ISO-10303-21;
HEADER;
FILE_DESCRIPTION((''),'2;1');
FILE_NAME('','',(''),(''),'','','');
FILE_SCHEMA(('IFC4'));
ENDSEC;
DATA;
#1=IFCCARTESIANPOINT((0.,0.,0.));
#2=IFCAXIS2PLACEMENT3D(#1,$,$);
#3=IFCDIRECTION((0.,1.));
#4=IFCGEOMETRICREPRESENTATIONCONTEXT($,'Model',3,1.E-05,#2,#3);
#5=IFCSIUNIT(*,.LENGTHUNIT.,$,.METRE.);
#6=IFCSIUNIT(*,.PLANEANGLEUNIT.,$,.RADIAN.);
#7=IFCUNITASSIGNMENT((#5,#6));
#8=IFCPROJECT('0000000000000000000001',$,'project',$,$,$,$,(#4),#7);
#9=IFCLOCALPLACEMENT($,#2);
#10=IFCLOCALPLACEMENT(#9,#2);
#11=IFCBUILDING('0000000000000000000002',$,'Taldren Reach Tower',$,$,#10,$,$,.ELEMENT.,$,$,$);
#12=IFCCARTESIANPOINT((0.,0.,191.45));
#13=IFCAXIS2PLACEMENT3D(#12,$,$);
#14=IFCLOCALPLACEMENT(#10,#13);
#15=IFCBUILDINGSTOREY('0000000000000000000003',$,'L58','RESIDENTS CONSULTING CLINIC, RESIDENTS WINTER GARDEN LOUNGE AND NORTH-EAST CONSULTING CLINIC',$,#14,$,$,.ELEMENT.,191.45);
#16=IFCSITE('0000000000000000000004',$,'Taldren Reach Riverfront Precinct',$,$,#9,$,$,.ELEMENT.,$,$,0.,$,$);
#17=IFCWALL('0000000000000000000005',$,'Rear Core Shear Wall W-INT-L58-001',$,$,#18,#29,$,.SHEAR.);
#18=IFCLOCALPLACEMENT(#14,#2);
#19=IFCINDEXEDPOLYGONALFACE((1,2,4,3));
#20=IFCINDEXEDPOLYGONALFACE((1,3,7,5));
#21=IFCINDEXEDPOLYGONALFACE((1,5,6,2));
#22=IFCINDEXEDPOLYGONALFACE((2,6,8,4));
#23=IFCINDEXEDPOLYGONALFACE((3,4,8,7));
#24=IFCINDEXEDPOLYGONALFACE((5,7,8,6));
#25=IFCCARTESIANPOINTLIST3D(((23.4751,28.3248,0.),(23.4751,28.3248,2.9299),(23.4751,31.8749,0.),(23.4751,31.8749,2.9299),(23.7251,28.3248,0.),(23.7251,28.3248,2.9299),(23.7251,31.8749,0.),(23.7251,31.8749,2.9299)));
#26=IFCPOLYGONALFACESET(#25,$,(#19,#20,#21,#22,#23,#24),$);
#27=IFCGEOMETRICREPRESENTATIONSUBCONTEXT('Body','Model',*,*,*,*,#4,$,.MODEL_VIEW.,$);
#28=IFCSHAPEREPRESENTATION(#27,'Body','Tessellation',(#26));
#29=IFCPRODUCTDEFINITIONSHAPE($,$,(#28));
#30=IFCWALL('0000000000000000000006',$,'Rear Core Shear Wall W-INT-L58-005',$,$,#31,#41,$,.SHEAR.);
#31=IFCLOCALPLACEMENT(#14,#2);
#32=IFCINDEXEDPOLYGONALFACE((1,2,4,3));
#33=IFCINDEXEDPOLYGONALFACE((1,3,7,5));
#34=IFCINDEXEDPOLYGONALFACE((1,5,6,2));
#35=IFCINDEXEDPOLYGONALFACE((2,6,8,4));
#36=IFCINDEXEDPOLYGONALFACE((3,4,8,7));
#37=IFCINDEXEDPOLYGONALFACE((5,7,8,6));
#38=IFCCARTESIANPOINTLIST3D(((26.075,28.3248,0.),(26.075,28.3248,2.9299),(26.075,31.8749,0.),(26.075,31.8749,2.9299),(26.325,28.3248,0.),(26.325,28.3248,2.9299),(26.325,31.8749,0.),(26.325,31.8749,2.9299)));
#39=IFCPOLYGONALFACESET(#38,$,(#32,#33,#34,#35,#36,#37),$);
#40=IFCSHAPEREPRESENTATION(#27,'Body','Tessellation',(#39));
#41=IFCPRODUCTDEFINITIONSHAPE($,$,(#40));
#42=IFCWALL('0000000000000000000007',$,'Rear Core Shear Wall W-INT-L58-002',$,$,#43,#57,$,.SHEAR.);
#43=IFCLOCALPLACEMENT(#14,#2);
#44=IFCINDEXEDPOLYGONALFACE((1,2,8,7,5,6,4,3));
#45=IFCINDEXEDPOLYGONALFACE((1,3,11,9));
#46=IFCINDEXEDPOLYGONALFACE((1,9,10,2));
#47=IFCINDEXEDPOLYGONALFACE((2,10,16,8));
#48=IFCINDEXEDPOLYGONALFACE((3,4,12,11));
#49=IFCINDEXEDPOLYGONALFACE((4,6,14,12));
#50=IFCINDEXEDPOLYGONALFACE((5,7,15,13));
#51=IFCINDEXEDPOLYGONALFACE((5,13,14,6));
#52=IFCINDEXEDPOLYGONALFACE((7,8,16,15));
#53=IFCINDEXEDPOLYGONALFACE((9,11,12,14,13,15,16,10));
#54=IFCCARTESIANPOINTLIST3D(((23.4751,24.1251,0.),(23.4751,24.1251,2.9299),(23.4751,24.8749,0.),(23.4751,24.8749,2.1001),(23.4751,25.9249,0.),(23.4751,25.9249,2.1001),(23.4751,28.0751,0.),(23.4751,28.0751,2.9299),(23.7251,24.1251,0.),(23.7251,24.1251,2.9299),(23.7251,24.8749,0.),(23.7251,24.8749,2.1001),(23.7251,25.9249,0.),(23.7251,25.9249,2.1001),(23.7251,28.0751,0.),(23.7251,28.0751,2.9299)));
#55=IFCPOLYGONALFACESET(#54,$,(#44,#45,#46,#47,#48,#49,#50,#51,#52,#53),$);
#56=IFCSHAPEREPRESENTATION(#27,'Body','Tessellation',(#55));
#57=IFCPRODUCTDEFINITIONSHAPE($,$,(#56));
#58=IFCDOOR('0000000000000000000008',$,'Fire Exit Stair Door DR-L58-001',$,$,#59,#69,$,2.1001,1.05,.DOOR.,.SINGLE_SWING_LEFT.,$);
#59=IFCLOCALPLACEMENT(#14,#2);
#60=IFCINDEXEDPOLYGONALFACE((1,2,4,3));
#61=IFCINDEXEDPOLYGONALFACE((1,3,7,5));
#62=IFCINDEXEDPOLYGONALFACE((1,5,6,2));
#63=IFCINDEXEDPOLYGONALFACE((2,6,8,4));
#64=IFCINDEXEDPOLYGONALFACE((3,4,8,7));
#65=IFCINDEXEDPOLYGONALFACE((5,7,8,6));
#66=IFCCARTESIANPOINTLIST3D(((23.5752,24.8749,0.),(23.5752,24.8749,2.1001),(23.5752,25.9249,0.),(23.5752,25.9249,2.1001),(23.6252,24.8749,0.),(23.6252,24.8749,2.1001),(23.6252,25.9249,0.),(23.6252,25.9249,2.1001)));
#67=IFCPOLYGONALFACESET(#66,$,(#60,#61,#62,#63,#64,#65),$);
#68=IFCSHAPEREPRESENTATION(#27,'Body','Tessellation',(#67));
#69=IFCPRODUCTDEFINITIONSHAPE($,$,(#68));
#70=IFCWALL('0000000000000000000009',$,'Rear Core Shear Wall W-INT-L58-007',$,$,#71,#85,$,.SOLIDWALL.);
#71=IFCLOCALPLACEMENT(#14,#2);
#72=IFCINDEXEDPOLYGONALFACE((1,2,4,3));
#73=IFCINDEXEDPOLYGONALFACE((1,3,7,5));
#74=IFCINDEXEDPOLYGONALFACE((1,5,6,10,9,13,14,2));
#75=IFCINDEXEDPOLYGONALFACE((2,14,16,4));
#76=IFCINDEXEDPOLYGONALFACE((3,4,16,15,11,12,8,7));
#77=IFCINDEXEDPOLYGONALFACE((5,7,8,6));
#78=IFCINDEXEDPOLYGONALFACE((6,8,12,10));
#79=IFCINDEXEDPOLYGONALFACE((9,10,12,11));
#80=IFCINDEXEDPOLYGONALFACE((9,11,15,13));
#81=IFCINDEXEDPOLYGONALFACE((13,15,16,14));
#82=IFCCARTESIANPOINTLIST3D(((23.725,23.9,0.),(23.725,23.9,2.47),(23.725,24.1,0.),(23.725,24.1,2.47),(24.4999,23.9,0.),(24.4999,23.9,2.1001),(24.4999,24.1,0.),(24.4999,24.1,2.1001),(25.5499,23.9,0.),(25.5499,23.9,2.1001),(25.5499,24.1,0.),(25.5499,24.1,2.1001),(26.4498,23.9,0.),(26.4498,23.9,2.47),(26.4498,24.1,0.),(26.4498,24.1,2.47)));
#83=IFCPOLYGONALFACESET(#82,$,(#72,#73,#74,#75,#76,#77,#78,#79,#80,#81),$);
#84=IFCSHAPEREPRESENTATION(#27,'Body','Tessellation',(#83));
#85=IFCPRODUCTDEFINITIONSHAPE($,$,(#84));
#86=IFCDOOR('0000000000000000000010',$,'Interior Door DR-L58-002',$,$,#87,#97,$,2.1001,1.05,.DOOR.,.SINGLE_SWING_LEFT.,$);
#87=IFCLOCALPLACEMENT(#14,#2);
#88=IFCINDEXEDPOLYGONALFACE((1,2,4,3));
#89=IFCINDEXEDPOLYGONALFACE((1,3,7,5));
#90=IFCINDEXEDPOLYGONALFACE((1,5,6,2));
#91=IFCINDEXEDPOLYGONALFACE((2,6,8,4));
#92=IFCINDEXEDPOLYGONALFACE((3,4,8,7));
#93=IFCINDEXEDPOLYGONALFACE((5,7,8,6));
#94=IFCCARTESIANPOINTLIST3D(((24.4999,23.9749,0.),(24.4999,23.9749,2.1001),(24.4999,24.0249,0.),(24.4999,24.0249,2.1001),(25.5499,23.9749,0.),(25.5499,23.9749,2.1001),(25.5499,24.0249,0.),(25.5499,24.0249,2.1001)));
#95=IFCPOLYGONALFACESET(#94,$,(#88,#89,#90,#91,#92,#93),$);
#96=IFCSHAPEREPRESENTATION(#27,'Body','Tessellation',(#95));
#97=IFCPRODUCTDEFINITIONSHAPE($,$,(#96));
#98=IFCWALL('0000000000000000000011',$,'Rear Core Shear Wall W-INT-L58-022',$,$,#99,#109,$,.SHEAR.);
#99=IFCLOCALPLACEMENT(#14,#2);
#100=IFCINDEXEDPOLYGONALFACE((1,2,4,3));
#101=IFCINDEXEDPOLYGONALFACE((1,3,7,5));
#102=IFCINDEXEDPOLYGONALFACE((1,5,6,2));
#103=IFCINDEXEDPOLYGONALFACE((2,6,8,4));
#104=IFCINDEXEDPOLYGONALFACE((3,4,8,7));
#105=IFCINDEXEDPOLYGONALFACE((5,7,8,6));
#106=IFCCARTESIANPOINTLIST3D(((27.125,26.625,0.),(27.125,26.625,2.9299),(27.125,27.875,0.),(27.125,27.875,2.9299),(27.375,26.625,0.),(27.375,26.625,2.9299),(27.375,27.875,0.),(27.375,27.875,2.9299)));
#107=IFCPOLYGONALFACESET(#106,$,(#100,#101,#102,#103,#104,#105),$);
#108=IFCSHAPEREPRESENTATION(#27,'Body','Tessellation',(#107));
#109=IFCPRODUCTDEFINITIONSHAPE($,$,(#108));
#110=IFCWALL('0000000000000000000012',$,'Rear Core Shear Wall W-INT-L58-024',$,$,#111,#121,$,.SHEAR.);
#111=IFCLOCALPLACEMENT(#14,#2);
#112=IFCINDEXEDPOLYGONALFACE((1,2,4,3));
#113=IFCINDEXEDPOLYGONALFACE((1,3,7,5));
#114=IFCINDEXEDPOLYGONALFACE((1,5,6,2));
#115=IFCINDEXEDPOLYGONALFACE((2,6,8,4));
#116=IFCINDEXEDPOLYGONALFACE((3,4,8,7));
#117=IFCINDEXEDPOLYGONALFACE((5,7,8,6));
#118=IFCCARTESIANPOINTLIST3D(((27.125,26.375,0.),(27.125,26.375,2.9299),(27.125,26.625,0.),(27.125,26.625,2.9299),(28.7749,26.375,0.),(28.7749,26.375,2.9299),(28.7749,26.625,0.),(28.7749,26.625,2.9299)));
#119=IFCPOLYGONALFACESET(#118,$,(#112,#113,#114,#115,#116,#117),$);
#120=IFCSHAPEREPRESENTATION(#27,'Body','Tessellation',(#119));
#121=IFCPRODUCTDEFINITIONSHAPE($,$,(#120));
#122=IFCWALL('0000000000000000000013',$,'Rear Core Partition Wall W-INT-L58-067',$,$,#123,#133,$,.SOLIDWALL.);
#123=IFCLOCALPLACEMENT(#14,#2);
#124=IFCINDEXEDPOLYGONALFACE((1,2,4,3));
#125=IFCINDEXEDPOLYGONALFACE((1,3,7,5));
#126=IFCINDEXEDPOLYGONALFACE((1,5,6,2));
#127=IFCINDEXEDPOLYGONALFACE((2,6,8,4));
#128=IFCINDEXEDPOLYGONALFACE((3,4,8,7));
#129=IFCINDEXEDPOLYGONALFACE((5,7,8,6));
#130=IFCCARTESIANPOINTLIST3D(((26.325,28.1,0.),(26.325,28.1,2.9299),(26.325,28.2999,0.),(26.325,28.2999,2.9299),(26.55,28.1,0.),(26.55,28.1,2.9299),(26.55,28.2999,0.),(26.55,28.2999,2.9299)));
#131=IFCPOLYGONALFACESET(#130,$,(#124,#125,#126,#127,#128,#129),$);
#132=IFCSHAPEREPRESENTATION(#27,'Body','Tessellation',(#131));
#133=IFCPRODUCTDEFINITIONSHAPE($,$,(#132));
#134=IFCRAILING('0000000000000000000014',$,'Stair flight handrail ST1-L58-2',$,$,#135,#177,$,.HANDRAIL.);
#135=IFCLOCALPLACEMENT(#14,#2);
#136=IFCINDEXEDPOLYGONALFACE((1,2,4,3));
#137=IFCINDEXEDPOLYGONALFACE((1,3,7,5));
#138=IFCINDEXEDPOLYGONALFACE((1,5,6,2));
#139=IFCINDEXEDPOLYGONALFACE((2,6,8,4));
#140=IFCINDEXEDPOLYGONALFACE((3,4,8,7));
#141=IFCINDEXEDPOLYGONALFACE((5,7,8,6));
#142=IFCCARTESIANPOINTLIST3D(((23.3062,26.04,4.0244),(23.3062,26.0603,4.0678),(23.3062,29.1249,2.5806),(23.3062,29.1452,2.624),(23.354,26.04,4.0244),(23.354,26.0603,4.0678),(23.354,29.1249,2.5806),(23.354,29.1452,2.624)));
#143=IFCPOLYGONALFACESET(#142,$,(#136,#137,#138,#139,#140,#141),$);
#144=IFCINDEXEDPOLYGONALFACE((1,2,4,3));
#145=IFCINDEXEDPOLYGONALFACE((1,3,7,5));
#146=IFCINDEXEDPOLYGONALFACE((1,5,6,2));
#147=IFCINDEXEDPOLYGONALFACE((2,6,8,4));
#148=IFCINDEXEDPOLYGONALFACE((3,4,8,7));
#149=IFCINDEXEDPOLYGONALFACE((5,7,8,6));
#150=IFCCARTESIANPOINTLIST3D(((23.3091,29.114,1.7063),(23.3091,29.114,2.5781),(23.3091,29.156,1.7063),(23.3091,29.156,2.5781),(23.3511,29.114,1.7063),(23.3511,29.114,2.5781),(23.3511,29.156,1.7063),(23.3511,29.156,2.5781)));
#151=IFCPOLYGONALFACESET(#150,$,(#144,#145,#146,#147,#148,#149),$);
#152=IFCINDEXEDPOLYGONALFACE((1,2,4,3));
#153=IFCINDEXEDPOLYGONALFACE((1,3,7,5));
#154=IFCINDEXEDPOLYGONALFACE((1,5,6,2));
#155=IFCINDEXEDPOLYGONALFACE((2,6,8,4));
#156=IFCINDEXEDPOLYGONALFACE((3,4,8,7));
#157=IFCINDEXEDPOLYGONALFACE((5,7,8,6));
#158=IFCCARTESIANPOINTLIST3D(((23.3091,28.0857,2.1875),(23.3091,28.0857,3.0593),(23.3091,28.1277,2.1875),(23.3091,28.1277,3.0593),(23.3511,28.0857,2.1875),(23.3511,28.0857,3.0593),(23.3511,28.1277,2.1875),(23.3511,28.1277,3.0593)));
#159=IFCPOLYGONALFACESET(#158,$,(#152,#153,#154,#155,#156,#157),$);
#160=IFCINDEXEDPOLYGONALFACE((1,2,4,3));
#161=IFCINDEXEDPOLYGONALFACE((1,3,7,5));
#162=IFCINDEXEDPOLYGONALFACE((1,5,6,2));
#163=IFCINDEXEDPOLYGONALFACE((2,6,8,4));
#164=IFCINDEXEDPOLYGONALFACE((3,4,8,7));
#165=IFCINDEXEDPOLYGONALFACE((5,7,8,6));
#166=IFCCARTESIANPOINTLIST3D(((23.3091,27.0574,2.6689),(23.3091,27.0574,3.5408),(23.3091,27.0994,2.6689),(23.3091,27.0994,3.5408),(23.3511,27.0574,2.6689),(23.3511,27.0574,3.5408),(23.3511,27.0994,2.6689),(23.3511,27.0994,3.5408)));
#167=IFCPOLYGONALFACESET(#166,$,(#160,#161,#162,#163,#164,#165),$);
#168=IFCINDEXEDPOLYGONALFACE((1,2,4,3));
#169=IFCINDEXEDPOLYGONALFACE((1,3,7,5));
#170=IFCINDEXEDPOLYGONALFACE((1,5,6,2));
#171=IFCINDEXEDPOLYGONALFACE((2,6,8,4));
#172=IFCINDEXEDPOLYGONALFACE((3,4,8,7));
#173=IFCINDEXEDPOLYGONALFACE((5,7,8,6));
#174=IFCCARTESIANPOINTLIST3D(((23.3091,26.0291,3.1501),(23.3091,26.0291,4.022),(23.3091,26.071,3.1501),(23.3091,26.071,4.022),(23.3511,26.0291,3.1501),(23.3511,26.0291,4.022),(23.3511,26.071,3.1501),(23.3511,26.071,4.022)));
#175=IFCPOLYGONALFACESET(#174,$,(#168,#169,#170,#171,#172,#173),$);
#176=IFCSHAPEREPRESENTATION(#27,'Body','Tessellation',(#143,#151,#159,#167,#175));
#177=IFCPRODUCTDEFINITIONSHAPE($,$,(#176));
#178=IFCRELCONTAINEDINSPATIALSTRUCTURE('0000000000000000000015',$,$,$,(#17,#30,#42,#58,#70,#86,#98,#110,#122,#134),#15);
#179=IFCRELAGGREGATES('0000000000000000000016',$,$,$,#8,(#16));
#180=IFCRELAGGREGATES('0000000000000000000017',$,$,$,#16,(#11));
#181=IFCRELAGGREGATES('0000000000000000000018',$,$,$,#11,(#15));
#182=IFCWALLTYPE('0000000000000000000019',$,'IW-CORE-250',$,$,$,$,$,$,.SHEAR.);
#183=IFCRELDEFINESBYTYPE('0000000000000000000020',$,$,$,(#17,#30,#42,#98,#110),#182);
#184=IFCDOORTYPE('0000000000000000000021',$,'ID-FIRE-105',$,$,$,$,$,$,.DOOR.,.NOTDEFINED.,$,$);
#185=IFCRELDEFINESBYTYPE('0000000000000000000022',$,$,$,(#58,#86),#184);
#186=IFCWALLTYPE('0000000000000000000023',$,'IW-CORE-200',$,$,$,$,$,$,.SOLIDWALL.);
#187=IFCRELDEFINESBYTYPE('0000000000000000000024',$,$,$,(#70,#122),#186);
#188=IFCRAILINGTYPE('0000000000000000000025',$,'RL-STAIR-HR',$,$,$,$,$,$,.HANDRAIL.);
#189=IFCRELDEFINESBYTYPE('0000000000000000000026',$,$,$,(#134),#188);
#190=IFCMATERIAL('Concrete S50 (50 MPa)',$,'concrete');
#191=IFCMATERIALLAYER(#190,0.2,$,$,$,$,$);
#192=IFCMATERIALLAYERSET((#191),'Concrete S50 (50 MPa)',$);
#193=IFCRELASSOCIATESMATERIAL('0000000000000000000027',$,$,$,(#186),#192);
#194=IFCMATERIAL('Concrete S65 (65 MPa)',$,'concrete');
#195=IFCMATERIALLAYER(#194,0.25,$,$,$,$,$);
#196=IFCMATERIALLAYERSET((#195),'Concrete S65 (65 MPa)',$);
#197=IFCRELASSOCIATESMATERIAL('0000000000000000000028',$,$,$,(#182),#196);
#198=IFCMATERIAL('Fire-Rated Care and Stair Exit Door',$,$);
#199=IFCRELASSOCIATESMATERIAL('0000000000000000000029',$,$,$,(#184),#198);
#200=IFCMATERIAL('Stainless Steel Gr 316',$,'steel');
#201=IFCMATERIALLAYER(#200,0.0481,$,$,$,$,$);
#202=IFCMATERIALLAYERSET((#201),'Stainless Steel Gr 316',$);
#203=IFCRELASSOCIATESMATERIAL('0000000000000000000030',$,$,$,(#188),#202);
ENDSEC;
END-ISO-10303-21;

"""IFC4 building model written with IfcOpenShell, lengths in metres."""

from ifc_helpers import new_model, si_unit, direction, frame, frame_2d, origin, origin_2d, place, context, subcontext, project, spatial, rectangle, extrude, source, transform, mapped, material, layer, layer_set, type_object, element, fill, save


model = new_model("IFC4")

# Units and contexts
model_context = context("Model", 3, precision=1e-05, world=origin(), true_north=direction((0.0, 1.0)))
body_context = subcontext(model_context, "Body", "Model", "MODEL_VIEW")
ifc_project = project(units=[si_unit("LENGTHUNIT", "METRE"), si_unit("PLANEANGLEUNIT", "RADIAN")], contexts=[model_context])

# Site, building, storey
site_placement = place(None, origin())
site = spatial("IfcSite", under=ifc_project, at=site_placement, Name="Taldren Reach Riverfront Precinct", CompositionType="ELEMENT", RefElevation=0.0)
building_placement = place(site_placement, origin())
building = spatial("IfcBuilding", under=site, at=building_placement, Name="Taldren Reach Tower", CompositionType="ELEMENT")
storey_placement = place(building_placement, frame((0.0, 0.0, 191.45)))
storey = spatial("IfcBuildingStorey", under=building, at=storey_placement, Name="L58", Description="RESIDENTS CONSULTING CLINIC, RESIDENTS WINTER GARDEN LOUNGE AND NORTH-EAST CONSULTING CLINIC", CompositionType="ELEMENT", Elevation=191.45)

# Walls
ifc_material_1 = material(Name="Concrete S50 (50 MPa)", Category="concrete")
ifc_layer_1 = layer(ifc_material_1, 0.2)
ifc_layer_set_1 = layer_set([ifc_layer_1], Name="Concrete S50 (50 MPa)")
wall_type_1 = type_object("IfcWallType", Name="IW-CORE-200", PredefinedType="SOLIDWALL", material=ifc_layer_set_1)
ifc_material_2 = material(Name="Concrete S65 (65 MPa)", Category="concrete")
ifc_layer_2 = layer(ifc_material_2, 0.25)
ifc_layer_set_2 = layer_set([ifc_layer_2], Name="Concrete S65 (65 MPa)")
wall_type_2 = type_object("IfcWallType", Name="IW-CORE-250", PredefinedType="SHEAR", material=ifc_layer_set_2)
shared_shape_1 = source(origin(), body_context, "Body", "SweptSolid", [
    extrude(rectangle(XDim=3.55, YDim=0.25, at=frame_2d((1.7749, 0.0))), origin(), (0.0, 0.0, 1.0), 2.9299),
])
for number, where, z_axis, x_axis, name in (
    (1, (23.6001, 28.325, 0.0), (0.0, 0.0, 1.0), (0.0, 1.0, 0.0), "Rear Core Shear Wall W-INT-L58-001"),
    (2, (26.2, 28.325, 0.0), (0.0, 0.0, 1.0), (0.0, 1.0, 0.0), "Rear Core Shear Wall W-INT-L58-005"),
):
    element("IfcWall", number, at=place(storey_placement, frame(where, z_axis=z_axis, x_axis=x_axis)), inside=storey, type_object=wall_type_2, Name=name, PredefinedType="SHEAR", context=body_context, shape_type="MappedRepresentation", body=[
        mapped(shared_shape_1, transform((0.0, 0.0, 0.0), scale=1.0)),
    ])

# Walls, openings, doors
shared_shape_2 = source(origin(), body_context, "Body", "SweptSolid", [
    extrude(rectangle(XDim=3.95, YDim=0.25, at=frame_2d((1.9751, 0.0))), origin(), (0.0, 0.0, 1.0), 2.9299),
])
wall_1_placement = place(storey_placement, frame((23.6001, 24.125, 0.0), z_axis=(0.0, 0.0, 1.0), x_axis=(0.0, 1.0, 0.0)))
wall_1 = element("IfcWall", 3, at=wall_1_placement, inside=storey, type_object=wall_type_2, Name="Rear Core Shear Wall W-INT-L58-002", PredefinedType="SHEAR", context=body_context, shape_type="MappedRepresentation", body=[
    mapped(shared_shape_2, transform((0.0, 0.0, 0.0), scale=1.0)),
])
shared_shape_3 = source(origin(), body_context, "Body", "SweptSolid", [
    extrude(rectangle(XDim=1.05, YDim=2.1001, at=frame_2d((0.5249, 1.05))), frame((0.0, 0.135, 0.0), z_axis=(0.0, -1.0, 0.0), x_axis=(1.0, 0.0, 0.0)), (0.0, 0.0, 1.0), 0.27),
])
opening_1_placement = place(wall_1_placement, frame((0.75, 0.0, 0.0)))
opening_1 = element("IfcOpeningElement", 4, at=opening_1_placement, cuts=wall_1, PredefinedType="OPENING", context=body_context, shape_type="MappedRepresentation", body=[
    mapped(shared_shape_3, transform((0.0, 0.0, 0.0), scale=1.0)),
])
ifc_material_3 = material(Name="Fire-Rated Care and Stair Exit Door")
door_type_1 = type_object("IfcDoorType", Name="ID-FIRE-105", OperationType="NOTDEFINED", PredefinedType="DOOR", material=ifc_material_3)
shared_shape_4 = source(origin(), body_context, "Body", "SweptSolid", [
    extrude(rectangle(XDim=1.05, YDim=2.1001, at=frame_2d((0.5249, 1.05))), frame((0.0, 0.0249, 0.0), z_axis=(0.0, -1.0, 0.0), x_axis=(1.0, 0.0, 0.0)), (0.0, 0.0, 1.0), 0.05),
])
door_1_placement = place(opening_1_placement, origin())
door_1 = element("IfcDoor", 5, at=door_1_placement, inside=storey, type_object=door_type_1, Name="Fire Exit Stair Door DR-L58-001", OperationType="SINGLE_SWING_LEFT", OverallHeight=2.1001, OverallWidth=1.05, PredefinedType="DOOR", context=body_context, shape_type="MappedRepresentation", body=[
    mapped(shared_shape_4, transform((0.0, 0.0, 0.0), scale=1.0)),
])
fill(opening_1, door_1)
shared_shape_5 = source(origin(), body_context, "Body", "SweptSolid", [
    extrude(rectangle(XDim=2.7249, YDim=0.2, at=frame_2d((1.3623, 0.0))), origin(), (0.0, 0.0, 1.0), 2.47),
])
wall_2_placement = place(storey_placement, frame((23.7251, 24.0, 0.0), z_axis=(0.0, 0.0, 1.0), x_axis=(1.0, 0.0, 0.0)))
wall_2 = element("IfcWall", 6, at=wall_2_placement, inside=storey, type_object=wall_type_1, Name="Rear Core Shear Wall W-INT-L58-007", PredefinedType="SOLIDWALL", context=body_context, shape_type="MappedRepresentation", body=[
    mapped(shared_shape_5, transform((0.0, 0.0, 0.0), scale=1.0)),
])
shared_shape_6 = source(origin(), body_context, "Body", "SweptSolid", [
    extrude(rectangle(XDim=1.05, YDim=2.1001, at=frame_2d((0.5249, 1.05))), frame((0.0, 0.1099, 0.0), z_axis=(0.0, -1.0, 0.0), x_axis=(1.0, 0.0, 0.0)), (0.0, 0.0, 1.0), 0.22),
])
opening_2_placement = place(wall_2_placement, frame((0.7749, 0.0, 0.0)))
opening_2 = element("IfcOpeningElement", 7, at=opening_2_placement, cuts=wall_2, PredefinedType="OPENING", context=body_context, shape_type="MappedRepresentation", body=[
    mapped(shared_shape_6, transform((0.0, 0.0, 0.0), scale=1.0)),
])
door_2_placement = place(opening_2_placement, origin())
door_2 = element("IfcDoor", 8, at=door_2_placement, inside=storey, type_object=door_type_1, Name="Interior Door DR-L58-002", OperationType="SINGLE_SWING_LEFT", OverallHeight=2.1001, OverallWidth=1.05, PredefinedType="DOOR", context=body_context, shape_type="MappedRepresentation", body=[
    mapped(shared_shape_4, transform((0.0, 0.0, 0.0), scale=1.0)),
])
fill(opening_2, door_2)

# Walls
shared_shape_7 = source(origin(), body_context, "Body", "SweptSolid", [
    extrude(rectangle(XDim=1.25, YDim=0.25, at=frame_2d((0.625, 0.0))), origin(), (0.0, 0.0, 1.0), 2.9299),
])
wall_3_placement = place(storey_placement, frame((27.25, 27.875, 0.0), z_axis=(0.0, 0.0, 1.0), x_axis=(0.0, -1.0, 0.0)))
element("IfcWall", 9, at=wall_3_placement, inside=storey, type_object=wall_type_2, Name="Rear Core Shear Wall W-INT-L58-022", PredefinedType="SHEAR", context=body_context, shape_type="MappedRepresentation", body=[
    mapped(shared_shape_7, transform((0.0, 0.0, 0.0), scale=1.0)),
])
shared_shape_8 = source(origin(), body_context, "Body", "SweptSolid", [
    extrude(rectangle(XDim=1.6499, YDim=0.25, at=frame_2d((0.825, 0.0))), origin(), (0.0, 0.0, 1.0), 2.9299),
])
wall_4_placement = place(storey_placement, frame((27.125, 26.5, 0.0), z_axis=(0.0, 0.0, 1.0), x_axis=(1.0, 0.0, 0.0)))
element("IfcWall", 10, at=wall_4_placement, inside=storey, type_object=wall_type_2, Name="Rear Core Shear Wall W-INT-L58-024", PredefinedType="SHEAR", context=body_context, shape_type="MappedRepresentation", body=[
    mapped(shared_shape_8, transform((0.0, 0.0, 0.0), scale=1.0)),
])
shared_shape_9 = source(origin(), body_context, "Body", "SweptSolid", [
    extrude(rectangle(XDim=0.2251, YDim=0.2, at=frame_2d((0.1125, 0.0))), origin(), (0.0, 0.0, 1.0), 2.9299),
])
wall_5_placement = place(storey_placement, frame((26.325, 28.2, 0.0), z_axis=(0.0, 0.0, 1.0), x_axis=(1.0, 0.0, 0.0)))
element("IfcWall", 11, at=wall_5_placement, inside=storey, type_object=wall_type_1, Name="Rear Core Partition Wall W-INT-L58-067", PredefinedType="SOLIDWALL", context=body_context, shape_type="MappedRepresentation", body=[
    mapped(shared_shape_9, transform((0.0, 0.0, 0.0), scale=1.0)),
])

# Railing
ifc_material_4 = material(Name="Stainless Steel Gr 316", Category="steel")
ifc_layer_3 = layer(ifc_material_4, 0.0481)
ifc_layer_set_3 = layer_set([ifc_layer_3], Name="Stainless Steel Gr 316")
railing_type = type_object("IfcRailingType", Name="RL-STAIR-HR", PredefinedType="HANDRAIL", material=ifc_layer_set_3)
railing_placement = place(storey_placement, frame((23.3301, 29.135, 1.7063)))
element("IfcRailing", 12, at=railing_placement, inside=storey, type_object=railing_type, Name="Stair flight handrail ST1-L58-2", PredefinedType="HANDRAIL", context=body_context, shape_type="SweptSolid", body=[
    extrude(rectangle(XDim=0.0479, YDim=0.0479, at=origin_2d()), frame((0.0, 0.0, 0.896), z_axis=(0.0, -0.90571, 0.423898), x_axis=(1.0, 0.0, 0.0)), (0.0, 0.0, 1.0), 3.406),
    extrude(rectangle(XDim=0.042, YDim=0.042, at=origin_2d()), origin(), (0.0, 0.0, 1.0), 0.8718),
    extrude(rectangle(XDim=0.042, YDim=0.042, at=origin_2d()), frame((0.0, -1.0283, 0.4812)), (0.0, 0.0, 1.0), 0.8718),
    extrude(rectangle(XDim=0.042, YDim=0.042, at=origin_2d()), frame((0.0, -2.0566, 0.9626)), (0.0, 0.0, 1.0), 0.8718),
    extrude(rectangle(XDim=0.042, YDim=0.042, at=origin_2d()), frame((0.0, -3.085, 1.4438)), (0.0, 0.0, 1.0), 0.8718),
])

save(model, "model.ifc")
